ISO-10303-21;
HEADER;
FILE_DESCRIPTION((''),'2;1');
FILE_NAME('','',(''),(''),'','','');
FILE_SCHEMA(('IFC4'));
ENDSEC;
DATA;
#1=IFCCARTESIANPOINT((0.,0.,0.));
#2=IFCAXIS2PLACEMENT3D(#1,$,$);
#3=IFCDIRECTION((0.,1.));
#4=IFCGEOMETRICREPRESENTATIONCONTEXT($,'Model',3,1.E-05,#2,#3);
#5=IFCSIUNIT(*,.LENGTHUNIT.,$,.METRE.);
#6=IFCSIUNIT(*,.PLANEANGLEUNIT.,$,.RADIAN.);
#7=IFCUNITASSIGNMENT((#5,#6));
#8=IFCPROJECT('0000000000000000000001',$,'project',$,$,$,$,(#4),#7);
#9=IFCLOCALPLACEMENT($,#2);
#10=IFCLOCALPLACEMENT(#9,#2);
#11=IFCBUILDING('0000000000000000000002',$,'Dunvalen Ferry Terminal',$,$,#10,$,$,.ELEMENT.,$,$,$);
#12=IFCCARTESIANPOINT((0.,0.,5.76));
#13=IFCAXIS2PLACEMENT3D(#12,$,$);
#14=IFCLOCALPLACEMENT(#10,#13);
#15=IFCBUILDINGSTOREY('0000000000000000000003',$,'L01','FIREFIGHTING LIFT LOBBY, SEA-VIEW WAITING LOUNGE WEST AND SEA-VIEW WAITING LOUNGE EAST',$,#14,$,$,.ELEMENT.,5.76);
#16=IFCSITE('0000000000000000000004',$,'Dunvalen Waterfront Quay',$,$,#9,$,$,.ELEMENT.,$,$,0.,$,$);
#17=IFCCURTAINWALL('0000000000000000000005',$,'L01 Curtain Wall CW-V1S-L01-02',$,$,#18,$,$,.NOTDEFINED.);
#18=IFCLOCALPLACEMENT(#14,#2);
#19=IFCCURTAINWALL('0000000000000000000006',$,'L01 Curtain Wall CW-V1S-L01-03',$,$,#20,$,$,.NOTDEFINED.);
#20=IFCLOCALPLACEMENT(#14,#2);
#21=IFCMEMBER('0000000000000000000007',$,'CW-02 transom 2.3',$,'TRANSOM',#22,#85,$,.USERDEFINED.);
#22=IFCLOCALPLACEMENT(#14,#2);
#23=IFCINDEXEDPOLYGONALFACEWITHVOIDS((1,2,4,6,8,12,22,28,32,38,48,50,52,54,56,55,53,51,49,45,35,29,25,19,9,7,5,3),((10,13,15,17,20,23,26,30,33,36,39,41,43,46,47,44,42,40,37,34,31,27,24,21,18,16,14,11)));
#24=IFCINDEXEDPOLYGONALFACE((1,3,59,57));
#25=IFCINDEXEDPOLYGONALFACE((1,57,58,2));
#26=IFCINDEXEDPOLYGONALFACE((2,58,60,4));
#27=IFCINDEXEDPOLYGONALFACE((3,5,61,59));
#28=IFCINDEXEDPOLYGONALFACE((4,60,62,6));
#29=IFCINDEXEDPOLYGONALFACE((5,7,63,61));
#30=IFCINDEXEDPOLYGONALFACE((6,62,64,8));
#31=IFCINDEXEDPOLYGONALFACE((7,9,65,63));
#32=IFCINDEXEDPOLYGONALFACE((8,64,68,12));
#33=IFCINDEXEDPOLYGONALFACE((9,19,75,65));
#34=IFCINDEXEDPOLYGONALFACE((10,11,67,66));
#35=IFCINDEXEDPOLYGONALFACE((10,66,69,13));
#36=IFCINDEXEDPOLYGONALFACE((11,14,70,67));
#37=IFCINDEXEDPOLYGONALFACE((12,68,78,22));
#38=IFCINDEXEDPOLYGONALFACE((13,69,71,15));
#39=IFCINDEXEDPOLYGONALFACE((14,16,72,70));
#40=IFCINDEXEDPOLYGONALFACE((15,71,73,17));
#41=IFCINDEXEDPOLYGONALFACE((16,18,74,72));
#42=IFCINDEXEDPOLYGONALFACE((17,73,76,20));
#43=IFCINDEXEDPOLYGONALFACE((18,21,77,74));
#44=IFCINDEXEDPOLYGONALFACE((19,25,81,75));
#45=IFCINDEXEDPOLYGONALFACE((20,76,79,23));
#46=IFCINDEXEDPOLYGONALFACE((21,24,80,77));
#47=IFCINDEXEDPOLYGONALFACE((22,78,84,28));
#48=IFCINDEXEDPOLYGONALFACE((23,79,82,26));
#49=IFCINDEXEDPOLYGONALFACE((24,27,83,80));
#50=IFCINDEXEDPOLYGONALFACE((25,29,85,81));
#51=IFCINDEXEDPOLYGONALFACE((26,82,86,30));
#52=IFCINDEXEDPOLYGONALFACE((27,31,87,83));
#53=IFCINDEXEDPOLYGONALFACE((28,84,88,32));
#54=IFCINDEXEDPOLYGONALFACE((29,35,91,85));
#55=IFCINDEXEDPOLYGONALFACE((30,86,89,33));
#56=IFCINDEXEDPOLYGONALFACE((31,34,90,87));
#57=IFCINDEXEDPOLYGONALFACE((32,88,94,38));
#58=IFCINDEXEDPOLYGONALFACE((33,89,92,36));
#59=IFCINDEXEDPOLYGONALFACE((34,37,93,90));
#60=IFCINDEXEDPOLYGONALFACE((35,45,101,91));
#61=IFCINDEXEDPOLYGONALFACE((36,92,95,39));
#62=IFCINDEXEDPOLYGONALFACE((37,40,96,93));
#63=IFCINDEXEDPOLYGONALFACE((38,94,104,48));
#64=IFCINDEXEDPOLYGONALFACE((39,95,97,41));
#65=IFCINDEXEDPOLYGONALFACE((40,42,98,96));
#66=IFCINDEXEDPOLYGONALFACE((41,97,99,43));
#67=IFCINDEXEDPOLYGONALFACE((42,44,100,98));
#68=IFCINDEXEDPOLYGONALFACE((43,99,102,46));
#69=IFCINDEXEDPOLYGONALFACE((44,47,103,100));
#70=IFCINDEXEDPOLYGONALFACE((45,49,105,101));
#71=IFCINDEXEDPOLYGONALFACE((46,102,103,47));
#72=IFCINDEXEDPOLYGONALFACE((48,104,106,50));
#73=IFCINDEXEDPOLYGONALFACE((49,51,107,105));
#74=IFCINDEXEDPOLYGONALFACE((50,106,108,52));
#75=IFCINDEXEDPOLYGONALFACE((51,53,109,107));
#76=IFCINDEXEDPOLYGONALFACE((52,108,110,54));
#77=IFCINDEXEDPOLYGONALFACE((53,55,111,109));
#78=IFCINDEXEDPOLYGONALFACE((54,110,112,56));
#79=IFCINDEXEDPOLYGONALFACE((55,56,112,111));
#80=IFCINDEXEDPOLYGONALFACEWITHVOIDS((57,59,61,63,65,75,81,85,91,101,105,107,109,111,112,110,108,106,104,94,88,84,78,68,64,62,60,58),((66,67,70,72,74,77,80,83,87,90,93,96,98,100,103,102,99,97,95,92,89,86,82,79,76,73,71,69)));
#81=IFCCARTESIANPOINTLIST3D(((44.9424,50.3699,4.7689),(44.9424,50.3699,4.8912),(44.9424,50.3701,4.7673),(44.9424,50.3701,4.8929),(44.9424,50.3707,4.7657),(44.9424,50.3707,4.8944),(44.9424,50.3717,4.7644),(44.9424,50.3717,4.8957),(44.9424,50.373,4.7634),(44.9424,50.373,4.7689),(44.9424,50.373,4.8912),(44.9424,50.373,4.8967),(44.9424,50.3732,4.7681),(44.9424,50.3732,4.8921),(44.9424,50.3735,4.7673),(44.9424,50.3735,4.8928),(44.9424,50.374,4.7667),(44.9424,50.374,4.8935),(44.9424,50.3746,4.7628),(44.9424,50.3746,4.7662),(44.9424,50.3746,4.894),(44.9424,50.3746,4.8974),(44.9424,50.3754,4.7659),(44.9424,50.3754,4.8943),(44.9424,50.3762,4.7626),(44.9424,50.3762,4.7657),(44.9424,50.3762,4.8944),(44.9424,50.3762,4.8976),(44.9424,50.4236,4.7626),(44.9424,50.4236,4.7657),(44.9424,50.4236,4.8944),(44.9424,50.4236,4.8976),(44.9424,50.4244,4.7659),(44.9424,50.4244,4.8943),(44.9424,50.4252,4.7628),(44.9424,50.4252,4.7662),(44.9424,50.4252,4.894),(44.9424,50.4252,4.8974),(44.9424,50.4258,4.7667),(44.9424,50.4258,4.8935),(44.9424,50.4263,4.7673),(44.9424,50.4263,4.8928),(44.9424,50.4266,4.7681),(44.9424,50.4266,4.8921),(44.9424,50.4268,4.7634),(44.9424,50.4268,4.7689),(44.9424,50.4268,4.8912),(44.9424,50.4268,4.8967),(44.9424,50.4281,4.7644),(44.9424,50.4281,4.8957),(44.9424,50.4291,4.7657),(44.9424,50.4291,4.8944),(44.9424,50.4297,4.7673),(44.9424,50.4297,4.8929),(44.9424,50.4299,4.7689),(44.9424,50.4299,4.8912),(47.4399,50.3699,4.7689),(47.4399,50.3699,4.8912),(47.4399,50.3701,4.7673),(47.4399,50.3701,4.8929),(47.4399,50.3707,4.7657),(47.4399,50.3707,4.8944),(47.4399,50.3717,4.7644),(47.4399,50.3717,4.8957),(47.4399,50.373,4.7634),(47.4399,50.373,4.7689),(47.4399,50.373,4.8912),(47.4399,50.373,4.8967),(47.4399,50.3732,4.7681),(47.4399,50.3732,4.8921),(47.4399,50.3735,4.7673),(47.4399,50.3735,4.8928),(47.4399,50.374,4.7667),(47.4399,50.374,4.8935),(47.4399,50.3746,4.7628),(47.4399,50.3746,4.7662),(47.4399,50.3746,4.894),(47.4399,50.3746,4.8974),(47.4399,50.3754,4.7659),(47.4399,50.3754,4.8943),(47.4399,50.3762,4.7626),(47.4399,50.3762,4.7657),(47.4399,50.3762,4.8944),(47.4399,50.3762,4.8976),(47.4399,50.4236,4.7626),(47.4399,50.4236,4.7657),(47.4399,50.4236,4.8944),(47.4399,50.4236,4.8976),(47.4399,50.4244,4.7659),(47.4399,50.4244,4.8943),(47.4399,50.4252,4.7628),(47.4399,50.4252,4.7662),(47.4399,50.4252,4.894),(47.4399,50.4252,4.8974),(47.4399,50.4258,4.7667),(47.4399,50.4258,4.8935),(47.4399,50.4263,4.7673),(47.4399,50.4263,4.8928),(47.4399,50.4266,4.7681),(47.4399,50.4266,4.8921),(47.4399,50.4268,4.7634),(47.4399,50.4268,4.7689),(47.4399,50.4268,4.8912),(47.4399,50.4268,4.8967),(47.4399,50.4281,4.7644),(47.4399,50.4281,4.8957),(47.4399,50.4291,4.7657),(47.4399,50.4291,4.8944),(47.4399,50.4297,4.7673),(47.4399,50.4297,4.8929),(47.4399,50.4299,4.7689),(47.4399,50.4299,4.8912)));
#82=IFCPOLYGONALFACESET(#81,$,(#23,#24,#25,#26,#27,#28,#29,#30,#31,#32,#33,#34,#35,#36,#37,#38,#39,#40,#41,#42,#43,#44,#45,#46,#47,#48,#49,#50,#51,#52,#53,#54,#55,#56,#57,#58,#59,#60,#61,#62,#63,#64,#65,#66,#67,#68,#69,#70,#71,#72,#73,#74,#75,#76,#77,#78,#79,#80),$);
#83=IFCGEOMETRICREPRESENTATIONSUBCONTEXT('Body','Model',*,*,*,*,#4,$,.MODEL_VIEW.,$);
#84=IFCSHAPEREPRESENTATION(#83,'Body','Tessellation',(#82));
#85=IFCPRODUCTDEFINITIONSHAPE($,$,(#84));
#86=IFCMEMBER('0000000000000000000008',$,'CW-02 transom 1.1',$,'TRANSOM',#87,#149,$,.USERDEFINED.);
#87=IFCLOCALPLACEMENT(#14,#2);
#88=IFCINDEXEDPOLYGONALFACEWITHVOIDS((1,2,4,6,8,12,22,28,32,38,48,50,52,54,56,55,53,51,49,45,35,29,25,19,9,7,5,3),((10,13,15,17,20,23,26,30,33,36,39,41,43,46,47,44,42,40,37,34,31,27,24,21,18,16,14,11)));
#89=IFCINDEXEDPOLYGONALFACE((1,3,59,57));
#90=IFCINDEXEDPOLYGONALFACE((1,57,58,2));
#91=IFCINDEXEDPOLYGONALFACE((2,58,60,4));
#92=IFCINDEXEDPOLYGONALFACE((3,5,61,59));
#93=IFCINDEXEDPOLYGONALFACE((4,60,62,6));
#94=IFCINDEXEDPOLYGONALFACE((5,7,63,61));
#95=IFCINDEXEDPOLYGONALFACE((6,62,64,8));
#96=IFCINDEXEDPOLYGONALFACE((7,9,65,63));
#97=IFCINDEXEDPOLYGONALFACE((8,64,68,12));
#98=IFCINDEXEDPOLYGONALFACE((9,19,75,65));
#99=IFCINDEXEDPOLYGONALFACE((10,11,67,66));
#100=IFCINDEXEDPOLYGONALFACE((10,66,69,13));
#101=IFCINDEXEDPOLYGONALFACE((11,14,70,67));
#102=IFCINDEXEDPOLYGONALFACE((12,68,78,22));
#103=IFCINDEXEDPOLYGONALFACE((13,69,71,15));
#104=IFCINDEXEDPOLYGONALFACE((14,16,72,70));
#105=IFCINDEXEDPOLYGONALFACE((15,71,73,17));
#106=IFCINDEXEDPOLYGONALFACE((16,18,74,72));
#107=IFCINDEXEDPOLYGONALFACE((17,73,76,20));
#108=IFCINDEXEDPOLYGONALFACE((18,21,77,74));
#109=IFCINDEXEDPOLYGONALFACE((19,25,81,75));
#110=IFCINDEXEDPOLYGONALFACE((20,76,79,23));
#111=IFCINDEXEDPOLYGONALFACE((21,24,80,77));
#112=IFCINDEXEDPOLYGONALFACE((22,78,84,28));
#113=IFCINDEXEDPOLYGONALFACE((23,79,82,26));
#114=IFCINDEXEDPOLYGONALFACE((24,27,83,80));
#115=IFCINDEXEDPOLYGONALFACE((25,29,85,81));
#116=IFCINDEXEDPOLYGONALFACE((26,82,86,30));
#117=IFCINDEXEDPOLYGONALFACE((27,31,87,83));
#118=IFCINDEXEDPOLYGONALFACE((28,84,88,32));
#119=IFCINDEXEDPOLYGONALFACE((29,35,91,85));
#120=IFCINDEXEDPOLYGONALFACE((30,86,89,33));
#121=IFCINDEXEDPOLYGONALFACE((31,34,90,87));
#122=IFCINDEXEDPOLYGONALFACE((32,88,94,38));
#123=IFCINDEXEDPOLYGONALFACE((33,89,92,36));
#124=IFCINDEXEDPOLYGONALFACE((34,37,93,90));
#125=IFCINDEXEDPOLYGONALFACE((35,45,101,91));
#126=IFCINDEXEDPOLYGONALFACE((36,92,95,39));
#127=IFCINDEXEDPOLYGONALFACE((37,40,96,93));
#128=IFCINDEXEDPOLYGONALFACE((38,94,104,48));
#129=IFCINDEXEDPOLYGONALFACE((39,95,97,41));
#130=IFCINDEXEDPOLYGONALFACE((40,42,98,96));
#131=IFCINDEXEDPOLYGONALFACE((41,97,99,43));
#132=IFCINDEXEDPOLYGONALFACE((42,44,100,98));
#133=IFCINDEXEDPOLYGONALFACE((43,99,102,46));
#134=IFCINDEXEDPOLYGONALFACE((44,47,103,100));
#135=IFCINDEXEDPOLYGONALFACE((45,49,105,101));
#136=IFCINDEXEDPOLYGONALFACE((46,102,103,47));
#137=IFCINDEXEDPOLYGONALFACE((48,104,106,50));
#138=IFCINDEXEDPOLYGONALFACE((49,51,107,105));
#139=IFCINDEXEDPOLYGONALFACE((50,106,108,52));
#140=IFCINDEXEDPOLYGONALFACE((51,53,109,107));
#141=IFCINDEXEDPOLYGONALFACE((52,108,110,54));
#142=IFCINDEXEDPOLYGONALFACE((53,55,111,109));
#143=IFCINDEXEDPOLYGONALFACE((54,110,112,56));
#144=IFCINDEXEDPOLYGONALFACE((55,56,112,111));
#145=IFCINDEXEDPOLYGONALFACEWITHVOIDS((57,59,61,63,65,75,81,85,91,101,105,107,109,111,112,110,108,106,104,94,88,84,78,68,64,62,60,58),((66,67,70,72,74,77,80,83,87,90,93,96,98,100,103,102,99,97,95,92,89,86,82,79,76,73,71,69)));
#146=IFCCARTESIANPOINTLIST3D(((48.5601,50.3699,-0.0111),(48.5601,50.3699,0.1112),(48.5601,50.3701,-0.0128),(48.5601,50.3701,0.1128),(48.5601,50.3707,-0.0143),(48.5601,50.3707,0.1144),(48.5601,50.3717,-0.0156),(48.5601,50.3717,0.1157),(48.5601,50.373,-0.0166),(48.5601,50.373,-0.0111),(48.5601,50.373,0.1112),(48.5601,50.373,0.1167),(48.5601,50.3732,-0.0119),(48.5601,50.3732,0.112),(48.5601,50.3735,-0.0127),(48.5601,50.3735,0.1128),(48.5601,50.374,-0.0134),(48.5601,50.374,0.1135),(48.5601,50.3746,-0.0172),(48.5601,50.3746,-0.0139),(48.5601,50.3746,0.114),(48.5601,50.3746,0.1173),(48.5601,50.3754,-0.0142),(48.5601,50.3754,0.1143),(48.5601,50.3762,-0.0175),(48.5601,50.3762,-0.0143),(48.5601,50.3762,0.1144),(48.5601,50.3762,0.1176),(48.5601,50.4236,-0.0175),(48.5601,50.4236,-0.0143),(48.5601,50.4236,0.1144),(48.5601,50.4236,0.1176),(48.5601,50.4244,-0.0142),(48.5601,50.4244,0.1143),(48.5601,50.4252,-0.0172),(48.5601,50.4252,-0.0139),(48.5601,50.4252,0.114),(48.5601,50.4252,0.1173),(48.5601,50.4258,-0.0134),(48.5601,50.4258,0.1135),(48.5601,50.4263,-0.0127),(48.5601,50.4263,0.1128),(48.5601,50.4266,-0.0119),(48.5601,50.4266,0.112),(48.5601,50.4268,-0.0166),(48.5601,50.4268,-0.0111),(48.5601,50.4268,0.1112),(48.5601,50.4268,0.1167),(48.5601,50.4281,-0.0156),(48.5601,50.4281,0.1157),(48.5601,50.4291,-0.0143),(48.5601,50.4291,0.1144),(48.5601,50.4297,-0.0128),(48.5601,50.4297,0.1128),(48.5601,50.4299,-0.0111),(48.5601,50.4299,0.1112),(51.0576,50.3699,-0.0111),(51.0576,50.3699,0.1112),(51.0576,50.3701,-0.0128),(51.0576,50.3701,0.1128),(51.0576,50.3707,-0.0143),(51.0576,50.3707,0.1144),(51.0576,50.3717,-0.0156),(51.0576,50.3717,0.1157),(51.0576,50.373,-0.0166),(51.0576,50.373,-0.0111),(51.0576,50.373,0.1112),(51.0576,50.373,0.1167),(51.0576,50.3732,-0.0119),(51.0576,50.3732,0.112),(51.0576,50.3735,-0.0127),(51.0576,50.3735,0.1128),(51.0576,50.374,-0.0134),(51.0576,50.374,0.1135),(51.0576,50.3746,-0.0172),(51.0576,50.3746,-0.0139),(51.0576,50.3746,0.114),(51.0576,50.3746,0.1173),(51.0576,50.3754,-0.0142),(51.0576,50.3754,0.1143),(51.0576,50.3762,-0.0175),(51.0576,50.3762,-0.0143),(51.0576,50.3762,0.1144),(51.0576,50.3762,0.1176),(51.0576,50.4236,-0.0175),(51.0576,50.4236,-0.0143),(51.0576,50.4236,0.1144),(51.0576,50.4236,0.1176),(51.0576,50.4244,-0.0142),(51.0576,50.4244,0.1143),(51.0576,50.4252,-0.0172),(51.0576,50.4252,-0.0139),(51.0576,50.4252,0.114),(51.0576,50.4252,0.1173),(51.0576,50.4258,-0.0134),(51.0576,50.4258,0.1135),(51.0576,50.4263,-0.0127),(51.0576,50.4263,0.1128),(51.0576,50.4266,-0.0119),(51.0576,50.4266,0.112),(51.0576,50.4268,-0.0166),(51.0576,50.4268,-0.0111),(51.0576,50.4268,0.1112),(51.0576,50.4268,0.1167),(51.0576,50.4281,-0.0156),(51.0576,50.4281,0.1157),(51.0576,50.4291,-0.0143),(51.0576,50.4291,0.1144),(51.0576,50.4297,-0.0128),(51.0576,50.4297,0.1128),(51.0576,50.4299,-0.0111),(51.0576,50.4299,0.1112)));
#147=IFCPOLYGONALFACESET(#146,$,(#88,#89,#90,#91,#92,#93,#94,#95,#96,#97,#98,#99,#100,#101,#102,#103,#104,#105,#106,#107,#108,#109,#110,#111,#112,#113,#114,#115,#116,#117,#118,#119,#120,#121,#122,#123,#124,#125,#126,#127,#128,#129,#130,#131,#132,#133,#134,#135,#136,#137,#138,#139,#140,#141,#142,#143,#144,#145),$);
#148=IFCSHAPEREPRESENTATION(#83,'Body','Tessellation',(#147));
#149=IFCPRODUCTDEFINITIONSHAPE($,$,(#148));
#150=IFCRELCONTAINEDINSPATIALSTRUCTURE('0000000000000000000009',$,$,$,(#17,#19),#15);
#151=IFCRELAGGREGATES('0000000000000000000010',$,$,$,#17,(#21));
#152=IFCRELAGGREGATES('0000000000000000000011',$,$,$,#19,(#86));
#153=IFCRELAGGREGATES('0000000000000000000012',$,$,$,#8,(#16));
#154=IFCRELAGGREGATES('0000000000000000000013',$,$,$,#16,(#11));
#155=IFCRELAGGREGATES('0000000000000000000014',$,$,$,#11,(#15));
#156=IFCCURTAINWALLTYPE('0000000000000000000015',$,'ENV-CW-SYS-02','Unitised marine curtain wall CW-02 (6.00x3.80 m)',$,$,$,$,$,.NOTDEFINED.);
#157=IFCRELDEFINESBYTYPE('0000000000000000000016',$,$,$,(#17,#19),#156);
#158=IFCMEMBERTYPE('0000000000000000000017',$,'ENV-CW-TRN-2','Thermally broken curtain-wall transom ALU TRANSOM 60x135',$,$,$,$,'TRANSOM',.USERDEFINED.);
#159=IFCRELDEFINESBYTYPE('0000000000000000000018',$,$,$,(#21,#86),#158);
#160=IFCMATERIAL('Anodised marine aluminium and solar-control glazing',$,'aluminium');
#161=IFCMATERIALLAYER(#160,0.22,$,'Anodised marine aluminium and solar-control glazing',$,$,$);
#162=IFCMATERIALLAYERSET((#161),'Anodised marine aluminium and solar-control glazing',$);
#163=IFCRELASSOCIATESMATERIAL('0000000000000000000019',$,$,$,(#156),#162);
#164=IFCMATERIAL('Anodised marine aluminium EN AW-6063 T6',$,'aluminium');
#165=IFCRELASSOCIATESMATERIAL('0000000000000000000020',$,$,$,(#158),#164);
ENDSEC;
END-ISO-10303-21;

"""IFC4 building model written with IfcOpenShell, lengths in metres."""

from ifc_helpers import new_model, si_unit, direction, frame, origin, origin_2d, place, context, subcontext, project, spatial, hollow_rectangle, extrude, material, layer, layer_set, material_profile, profile_set, type_object, element, aggregate, save


model = new_model("IFC4")

# Units and contexts
model_context = context("Model", 3, precision=1e-05, world=origin(), true_north=direction((0.0, 1.0)))
body_context = subcontext(model_context, "Body", "Model", "MODEL_VIEW")
ifc_project = project(units=[si_unit("LENGTHUNIT", "METRE"), si_unit("PLANEANGLEUNIT", "RADIAN")], contexts=[model_context])

# Site, building, storey
site_placement = place(None, origin())
site = spatial("IfcSite", under=ifc_project, at=site_placement, Name="Dunvalen Waterfront Quay", CompositionType="ELEMENT", RefElevation=0.0)
building_placement = place(site_placement, origin())
building = spatial("IfcBuilding", under=site, at=building_placement, Name="Dunvalen Ferry Terminal", CompositionType="ELEMENT")
storey_placement = place(building_placement, frame((0.0, 0.0, 5.76)))
storey = spatial("IfcBuildingStorey", under=building, at=storey_placement, Name="L01", Description="FIREFIGHTING LIFT LOBBY, SEA-VIEW WAITING LOUNGE WEST AND SEA-VIEW WAITING LOUNGE EAST", CompositionType="ELEMENT", Elevation=5.76)

# Curtain walls
ifc_material_1 = material(Name="Anodised marine aluminium and solar-control glazing", Category="aluminium")
ifc_layer_1 = layer(ifc_material_1, 0.22, Name="Anodised marine aluminium and solar-control glazing")
ifc_layer_set_1 = layer_set([ifc_layer_1], Name="Anodised marine aluminium and solar-control glazing")
curtain_wall_type_1 = type_object("IfcCurtainWallType", Name="ENV-CW-SYS-02", Description="Unitised marine curtain wall CW-02 (6.00x3.80 m)", PredefinedType="NOTDEFINED", material=ifc_layer_set_1)
curtain_wall_1_placement = place(storey_placement, origin())
curtain_wall_1 = element("IfcCurtainWall", 1, at=curtain_wall_1_placement, inside=storey, type_object=curtain_wall_type_1, Name="L01 Curtain Wall CW-V1S-L01-02", PredefinedType="NOTDEFINED")
ifc_material_2 = material(Name="Anodised marine aluminium EN AW-6063 T6", Category="aluminium")
curtain_wall_2_placement = place(storey_placement, origin())
curtain_wall_2 = element("IfcCurtainWall", 2, at=curtain_wall_2_placement, inside=storey, type_object=curtain_wall_type_1, Name="L01 Curtain Wall CW-V1S-L01-03", PredefinedType="NOTDEFINED")

# Members
ifc_material_profile_1 = material_profile(ifc_material_2, hollow_rectangle(XDim=0.0601, YDim=0.135, WallThickness=0.0032, InnerFilletRadius=0.0032, OuterFilletRadius=0.0063, at=origin_2d()), Name="Anodised marine aluminium EN AW-6063 T6")
ifc_profile_set_1 = profile_set([ifc_material_profile_1], Name="Anodised marine aluminium EN AW-6063 T6")
member_type_1 = type_object("IfcMemberType", Name="ENV-CW-TRN-2", Description="Thermally broken curtain-wall transom ALU TRANSOM 60x135", ElementType="TRANSOM", PredefinedType="USERDEFINED", material=ifc_profile_set_1)
member_1_placement = place(storey_placement, frame((44.9424, 50.3999, 4.8301), z_axis=(1.0, 0.0, 0.0), x_axis=(0.0, 1.0, 0.0)))
member_1 = element("IfcMember", 3, at=member_1_placement, type_object=member_type_1, Name="CW-02 transom 2.3", ObjectType="TRANSOM", PredefinedType="USERDEFINED", context=body_context, shape_type="SweptSolid", body=[
    extrude(hollow_rectangle(XDim=0.0601, YDim=0.135, WallThickness=0.0032, InnerFilletRadius=0.0032, OuterFilletRadius=0.0063, at=origin_2d()), origin(), (0.0, 0.0, 1.0), 2.4976),
])
member_2_placement = place(storey_placement, frame((48.5601, 50.3999, 0.05), z_axis=(1.0, 0.0, 0.0), x_axis=(0.0, 1.0, 0.0)))
member_2 = element("IfcMember", 4, at=member_2_placement, type_object=member_type_1, Name="CW-02 transom 1.1", ObjectType="TRANSOM", PredefinedType="USERDEFINED", context=body_context, shape_type="SweptSolid", body=[
    extrude(hollow_rectangle(XDim=0.0601, YDim=0.135, WallThickness=0.0032, InnerFilletRadius=0.0032, OuterFilletRadius=0.0063, at=origin_2d()), origin(), (0.0, 0.0, 1.0), 2.4976),
])

aggregate(curtain_wall_1, [member_1])
aggregate(curtain_wall_2, [member_2])

save(model, "model.ifc")
